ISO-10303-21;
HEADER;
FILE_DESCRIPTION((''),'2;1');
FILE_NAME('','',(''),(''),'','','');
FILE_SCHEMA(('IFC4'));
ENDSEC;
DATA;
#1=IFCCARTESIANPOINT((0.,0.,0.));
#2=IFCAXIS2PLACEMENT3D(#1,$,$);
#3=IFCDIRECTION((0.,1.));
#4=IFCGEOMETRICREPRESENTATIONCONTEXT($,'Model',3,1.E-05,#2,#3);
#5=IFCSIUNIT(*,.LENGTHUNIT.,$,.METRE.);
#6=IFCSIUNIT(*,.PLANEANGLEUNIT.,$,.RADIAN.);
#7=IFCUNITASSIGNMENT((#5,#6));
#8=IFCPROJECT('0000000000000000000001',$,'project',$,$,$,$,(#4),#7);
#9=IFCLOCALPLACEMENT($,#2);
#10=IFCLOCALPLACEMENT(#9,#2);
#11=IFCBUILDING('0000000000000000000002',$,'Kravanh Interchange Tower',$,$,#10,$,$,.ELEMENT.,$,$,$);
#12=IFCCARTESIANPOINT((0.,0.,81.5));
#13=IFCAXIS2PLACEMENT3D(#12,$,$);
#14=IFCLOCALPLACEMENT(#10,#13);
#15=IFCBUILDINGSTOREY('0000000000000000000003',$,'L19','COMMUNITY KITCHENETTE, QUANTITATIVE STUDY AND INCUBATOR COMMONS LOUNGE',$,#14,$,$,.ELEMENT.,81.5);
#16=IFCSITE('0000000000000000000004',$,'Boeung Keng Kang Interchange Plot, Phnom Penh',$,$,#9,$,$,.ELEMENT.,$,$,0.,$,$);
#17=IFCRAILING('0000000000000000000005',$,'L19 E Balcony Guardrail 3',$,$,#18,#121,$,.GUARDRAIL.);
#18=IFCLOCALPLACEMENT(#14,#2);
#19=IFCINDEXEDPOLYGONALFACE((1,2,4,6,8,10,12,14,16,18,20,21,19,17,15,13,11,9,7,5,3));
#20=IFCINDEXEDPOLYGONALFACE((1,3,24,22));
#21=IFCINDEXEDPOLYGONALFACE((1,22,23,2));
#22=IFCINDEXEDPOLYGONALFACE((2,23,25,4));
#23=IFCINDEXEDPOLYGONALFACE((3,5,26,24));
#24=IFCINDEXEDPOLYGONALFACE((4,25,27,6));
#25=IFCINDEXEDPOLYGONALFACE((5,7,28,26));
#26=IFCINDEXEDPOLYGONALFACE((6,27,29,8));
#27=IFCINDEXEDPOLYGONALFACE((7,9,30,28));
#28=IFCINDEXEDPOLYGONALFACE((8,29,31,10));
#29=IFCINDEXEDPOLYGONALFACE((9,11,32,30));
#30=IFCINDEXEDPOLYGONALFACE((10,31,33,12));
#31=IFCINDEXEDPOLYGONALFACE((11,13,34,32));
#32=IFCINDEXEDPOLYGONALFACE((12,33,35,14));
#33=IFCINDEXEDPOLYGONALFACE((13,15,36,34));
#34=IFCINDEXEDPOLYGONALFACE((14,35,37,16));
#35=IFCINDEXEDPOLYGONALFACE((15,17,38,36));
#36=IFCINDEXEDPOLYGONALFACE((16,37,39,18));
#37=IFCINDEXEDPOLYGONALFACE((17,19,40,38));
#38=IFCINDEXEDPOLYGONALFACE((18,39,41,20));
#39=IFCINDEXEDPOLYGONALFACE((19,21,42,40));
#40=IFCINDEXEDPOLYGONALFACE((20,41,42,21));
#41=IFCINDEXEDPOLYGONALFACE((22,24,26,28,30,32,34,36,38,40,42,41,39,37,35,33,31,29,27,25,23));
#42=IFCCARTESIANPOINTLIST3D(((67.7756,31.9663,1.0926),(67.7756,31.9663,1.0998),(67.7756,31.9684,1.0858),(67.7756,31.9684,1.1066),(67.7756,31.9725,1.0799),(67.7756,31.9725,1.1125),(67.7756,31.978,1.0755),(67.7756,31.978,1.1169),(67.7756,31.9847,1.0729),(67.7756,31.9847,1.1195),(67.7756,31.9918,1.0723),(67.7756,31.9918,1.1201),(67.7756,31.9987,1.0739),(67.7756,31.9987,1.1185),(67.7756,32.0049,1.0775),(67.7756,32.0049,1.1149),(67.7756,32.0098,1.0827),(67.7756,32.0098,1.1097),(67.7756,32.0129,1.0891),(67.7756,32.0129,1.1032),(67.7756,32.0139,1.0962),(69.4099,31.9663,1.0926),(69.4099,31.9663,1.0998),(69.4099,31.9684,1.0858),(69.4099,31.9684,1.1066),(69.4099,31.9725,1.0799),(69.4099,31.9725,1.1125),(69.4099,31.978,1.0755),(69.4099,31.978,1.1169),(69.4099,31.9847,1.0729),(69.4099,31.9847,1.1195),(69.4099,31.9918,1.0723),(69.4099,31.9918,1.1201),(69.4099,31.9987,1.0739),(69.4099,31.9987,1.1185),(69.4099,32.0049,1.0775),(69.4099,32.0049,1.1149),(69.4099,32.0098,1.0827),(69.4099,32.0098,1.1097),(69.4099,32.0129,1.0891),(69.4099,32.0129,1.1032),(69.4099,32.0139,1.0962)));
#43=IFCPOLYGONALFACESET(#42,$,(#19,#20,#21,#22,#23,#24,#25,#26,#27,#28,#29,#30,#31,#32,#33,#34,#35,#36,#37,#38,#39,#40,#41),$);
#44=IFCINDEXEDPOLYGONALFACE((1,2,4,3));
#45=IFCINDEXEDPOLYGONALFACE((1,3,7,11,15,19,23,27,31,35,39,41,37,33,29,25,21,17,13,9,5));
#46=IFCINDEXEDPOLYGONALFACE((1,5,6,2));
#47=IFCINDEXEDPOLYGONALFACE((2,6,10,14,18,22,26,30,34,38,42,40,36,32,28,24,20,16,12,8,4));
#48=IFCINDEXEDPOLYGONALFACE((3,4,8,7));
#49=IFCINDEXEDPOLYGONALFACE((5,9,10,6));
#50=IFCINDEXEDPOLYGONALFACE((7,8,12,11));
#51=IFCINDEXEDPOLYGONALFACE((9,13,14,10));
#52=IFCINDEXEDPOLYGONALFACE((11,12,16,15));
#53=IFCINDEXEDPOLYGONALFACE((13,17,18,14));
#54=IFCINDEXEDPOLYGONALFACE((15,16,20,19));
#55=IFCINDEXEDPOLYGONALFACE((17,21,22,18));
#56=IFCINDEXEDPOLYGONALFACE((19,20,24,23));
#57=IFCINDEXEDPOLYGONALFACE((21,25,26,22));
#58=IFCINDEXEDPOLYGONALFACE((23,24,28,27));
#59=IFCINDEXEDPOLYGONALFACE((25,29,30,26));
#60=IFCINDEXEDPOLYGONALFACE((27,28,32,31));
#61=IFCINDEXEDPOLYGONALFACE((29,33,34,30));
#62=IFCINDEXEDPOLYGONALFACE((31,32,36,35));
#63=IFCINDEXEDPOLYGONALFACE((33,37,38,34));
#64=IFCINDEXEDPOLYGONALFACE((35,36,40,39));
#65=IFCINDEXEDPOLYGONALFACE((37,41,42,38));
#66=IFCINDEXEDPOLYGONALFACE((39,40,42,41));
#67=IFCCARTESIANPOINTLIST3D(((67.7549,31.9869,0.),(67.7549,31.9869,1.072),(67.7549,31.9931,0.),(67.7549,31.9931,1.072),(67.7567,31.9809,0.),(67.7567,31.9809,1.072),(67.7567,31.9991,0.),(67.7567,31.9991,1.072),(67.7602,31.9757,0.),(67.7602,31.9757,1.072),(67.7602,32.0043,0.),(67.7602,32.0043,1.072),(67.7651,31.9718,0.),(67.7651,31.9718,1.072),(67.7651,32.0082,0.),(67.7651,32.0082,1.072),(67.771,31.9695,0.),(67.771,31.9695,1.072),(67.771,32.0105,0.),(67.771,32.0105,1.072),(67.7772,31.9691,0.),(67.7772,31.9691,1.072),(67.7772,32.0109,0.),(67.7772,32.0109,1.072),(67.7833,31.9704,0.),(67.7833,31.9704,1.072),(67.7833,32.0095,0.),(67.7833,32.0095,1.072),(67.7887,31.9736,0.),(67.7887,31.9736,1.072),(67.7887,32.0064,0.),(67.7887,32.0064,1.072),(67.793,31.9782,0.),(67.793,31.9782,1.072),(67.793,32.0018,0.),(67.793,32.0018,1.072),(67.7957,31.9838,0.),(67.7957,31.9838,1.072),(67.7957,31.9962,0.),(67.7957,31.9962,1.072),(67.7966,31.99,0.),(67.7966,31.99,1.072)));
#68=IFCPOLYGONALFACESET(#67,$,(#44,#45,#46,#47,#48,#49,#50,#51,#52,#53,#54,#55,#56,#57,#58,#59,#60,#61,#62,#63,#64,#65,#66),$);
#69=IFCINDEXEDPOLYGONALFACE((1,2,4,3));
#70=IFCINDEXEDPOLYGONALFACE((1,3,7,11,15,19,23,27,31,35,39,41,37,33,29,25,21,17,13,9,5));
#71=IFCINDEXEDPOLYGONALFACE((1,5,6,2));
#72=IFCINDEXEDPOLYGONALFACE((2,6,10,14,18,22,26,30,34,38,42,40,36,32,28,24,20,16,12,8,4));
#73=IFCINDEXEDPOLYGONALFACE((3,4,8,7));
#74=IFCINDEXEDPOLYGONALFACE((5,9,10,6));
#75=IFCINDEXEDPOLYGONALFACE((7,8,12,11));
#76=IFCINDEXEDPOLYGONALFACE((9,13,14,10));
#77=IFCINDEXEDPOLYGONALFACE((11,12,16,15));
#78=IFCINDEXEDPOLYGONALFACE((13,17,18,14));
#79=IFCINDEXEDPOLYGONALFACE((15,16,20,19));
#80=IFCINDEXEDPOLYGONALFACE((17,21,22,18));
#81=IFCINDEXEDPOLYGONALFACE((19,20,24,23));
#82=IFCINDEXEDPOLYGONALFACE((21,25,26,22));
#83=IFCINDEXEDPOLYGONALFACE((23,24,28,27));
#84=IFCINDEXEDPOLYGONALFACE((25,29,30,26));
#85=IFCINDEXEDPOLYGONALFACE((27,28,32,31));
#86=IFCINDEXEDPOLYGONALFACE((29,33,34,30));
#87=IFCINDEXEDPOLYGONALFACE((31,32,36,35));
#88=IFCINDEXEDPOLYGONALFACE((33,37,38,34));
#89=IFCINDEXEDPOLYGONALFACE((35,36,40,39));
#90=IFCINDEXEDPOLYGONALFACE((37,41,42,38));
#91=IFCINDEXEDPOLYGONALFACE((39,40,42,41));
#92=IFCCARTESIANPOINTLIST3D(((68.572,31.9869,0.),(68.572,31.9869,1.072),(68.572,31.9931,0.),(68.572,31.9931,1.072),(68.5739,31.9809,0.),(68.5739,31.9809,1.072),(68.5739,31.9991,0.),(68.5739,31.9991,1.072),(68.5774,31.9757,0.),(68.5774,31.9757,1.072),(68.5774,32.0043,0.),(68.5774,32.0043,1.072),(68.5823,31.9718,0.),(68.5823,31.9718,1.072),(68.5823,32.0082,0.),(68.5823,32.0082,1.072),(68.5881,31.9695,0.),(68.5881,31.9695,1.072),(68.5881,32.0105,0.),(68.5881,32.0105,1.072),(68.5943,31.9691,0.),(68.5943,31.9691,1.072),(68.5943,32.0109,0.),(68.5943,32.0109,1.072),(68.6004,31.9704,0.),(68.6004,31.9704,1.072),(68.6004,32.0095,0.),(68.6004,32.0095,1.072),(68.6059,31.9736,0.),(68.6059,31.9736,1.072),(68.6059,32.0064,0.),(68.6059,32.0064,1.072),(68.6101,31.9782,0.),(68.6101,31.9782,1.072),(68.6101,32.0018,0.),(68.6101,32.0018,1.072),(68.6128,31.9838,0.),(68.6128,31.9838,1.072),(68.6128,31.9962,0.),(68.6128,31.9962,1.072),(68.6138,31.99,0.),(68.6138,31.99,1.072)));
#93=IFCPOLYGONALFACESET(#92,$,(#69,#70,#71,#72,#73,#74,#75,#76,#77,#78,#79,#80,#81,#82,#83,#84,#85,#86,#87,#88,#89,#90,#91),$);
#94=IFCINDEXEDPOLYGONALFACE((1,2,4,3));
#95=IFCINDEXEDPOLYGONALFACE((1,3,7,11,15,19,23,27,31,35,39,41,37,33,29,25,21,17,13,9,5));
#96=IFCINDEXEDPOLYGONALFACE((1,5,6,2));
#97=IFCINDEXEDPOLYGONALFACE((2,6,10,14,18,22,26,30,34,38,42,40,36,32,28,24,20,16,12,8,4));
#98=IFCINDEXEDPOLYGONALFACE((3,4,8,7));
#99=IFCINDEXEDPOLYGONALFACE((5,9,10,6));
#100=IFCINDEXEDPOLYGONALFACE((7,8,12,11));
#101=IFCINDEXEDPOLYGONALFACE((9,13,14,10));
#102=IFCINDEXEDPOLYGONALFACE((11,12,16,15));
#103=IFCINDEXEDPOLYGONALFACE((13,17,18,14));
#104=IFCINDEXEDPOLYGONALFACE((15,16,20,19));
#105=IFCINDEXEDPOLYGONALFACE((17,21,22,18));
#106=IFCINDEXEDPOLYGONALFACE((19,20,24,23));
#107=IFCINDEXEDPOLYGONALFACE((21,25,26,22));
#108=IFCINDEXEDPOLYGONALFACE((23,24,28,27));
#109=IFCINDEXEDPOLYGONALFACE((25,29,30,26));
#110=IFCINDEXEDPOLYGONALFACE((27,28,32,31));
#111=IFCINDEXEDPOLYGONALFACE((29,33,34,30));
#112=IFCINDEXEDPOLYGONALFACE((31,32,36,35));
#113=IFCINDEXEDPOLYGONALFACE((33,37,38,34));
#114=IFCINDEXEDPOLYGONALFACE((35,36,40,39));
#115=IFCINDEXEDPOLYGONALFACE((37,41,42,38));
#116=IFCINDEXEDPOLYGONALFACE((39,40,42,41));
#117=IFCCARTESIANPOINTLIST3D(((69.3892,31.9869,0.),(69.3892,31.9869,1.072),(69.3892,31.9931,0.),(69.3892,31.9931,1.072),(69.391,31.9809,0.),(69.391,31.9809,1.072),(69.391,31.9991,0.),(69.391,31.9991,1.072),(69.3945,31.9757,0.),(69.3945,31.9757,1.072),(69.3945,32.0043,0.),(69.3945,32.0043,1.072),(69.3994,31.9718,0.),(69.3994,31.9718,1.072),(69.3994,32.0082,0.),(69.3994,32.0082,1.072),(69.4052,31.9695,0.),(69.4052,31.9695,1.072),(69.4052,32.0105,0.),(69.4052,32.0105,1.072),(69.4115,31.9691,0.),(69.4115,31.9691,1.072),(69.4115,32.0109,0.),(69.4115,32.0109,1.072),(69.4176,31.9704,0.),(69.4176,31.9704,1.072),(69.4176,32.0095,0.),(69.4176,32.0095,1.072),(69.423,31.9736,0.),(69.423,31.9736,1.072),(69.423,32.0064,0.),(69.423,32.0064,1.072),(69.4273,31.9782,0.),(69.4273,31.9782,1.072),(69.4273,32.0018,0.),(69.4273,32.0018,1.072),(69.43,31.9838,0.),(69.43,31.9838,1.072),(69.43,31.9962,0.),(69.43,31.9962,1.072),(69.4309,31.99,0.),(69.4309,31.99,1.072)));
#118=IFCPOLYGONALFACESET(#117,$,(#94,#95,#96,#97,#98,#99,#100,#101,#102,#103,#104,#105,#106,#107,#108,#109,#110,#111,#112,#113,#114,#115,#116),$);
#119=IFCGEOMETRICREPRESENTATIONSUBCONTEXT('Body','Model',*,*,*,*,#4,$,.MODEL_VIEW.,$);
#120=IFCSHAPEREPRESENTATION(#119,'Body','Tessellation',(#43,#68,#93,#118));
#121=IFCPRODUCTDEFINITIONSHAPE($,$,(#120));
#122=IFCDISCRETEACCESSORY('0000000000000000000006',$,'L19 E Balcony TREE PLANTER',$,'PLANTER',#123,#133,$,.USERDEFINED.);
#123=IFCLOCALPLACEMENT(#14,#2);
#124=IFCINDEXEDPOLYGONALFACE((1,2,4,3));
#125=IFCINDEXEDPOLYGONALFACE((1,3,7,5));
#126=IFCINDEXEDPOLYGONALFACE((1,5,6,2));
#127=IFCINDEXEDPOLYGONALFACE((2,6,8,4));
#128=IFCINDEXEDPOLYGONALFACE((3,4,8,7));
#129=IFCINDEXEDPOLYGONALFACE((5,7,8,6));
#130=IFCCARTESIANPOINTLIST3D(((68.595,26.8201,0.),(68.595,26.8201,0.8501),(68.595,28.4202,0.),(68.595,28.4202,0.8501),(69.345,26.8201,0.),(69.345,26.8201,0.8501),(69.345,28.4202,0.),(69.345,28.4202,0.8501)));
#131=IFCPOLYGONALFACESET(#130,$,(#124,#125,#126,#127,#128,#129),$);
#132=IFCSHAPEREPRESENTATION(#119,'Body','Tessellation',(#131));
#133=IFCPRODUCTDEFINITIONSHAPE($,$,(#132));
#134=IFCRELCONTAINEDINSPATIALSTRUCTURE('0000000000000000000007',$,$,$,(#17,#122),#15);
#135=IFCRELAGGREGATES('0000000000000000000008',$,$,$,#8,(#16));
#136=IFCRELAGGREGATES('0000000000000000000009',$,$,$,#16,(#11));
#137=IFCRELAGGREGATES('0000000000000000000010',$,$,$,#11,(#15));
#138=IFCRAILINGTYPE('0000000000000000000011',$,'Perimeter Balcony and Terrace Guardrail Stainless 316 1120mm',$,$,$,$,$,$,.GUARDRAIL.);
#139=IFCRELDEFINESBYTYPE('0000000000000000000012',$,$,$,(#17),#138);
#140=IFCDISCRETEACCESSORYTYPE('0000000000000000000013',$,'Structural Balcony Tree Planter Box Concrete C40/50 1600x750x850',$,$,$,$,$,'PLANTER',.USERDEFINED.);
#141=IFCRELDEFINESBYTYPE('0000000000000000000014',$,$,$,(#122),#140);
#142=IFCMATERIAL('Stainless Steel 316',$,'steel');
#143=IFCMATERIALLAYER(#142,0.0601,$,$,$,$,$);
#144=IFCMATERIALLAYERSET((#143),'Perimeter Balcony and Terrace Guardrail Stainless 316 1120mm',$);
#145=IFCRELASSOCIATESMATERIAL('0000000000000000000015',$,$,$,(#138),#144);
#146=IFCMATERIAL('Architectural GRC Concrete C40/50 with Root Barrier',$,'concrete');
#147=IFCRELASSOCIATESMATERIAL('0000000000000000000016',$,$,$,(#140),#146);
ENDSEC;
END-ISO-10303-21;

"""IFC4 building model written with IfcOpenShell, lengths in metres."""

from ifc_helpers import new_model, si_unit, direction, frame, origin, origin_2d, place, context, subcontext, project, spatial, rectangle, circle, extrude, material, layer, layer_set, type_object, element, save


model = new_model("IFC4")

# Units and contexts
model_context = context("Model", 3, precision=1e-05, world=origin(), true_north=direction((0.0, 1.0)))
body_context = subcontext(model_context, "Body", "Model", "MODEL_VIEW")
ifc_project = project(units=[si_unit("LENGTHUNIT", "METRE"), si_unit("PLANEANGLEUNIT", "RADIAN")], contexts=[model_context])

# Site, building, storey
site_placement = place(None, origin())
site = spatial("IfcSite", under=ifc_project, at=site_placement, Name="Boeung Keng Kang Interchange Plot, Phnom Penh", CompositionType="ELEMENT", RefElevation=0.0)
building_placement = place(site_placement, origin())
building = spatial("IfcBuilding", under=site, at=building_placement, Name="Kravanh Interchange Tower", CompositionType="ELEMENT")
storey_placement = place(building_placement, frame((0.0, 0.0, 81.5)))
storey = spatial("IfcBuildingStorey", under=building, at=storey_placement, Name="L19", Description="COMMUNITY KITCHENETTE, QUANTITATIVE STUDY AND INCUBATOR COMMONS LOUNGE", CompositionType="ELEMENT", Elevation=81.5)

# Railing
ifc_material_1 = material(Name="Stainless Steel 316", Category="steel")
ifc_layer_1 = layer(ifc_material_1, 0.0601)
ifc_layer_set_1 = layer_set([ifc_layer_1], Name="Perimeter Balcony and Terrace Guardrail Stainless 316 1120mm")
railing_type = type_object("IfcRailingType", Name="Perimeter Balcony and Terrace Guardrail Stainless 316 1120mm", PredefinedType="GUARDRAIL", material=ifc_layer_set_1)
railing_1_placement = place(storey_placement, frame((67.7756, 31.99, 0.0)))
element("IfcRailing", 1, at=railing_1_placement, inside=storey, type_object=railing_type, Name="L19 E Balcony Guardrail 3", PredefinedType="GUARDRAIL", context=body_context, shape_type="SweptSolid", body=[
    extrude(circle(Radius=0.0239, at=origin_2d()), frame((0.0, 0.0, 1.0962), z_axis=(1.0, 0.0, 0.0), x_axis=(0.0, 1.0, 0.0)), (0.0, 0.0, 1.0), 1.6343),
    extrude(circle(Radius=0.021, at=origin_2d()), origin(), (0.0, 0.0, 1.0), 1.072),
    extrude(circle(Radius=0.021, at=origin_2d()), frame((0.8171, 0.0, 0.0)), (0.0, 0.0, 1.0), 1.072),
    extrude(circle(Radius=0.021, at=origin_2d()), frame((1.6343, 0.0, 0.0)), (0.0, 0.0, 1.0), 1.072),
])

# Discrete accessory
ifc_material_2 = material(Name="Architectural GRC Concrete C40/50 with Root Barrier", Category="concrete")
discrete_accessory_type = type_object("IfcDiscreteAccessoryType", Name="Structural Balcony Tree Planter Box Concrete C40/50 1600x750x850", ElementType="PLANTER", PredefinedType="USERDEFINED", material=ifc_material_2)
discrete_accessory_placement = place(storey_placement, frame((68.97, 27.6201, 0.0), z_axis=(0.0, 0.0, 1.0), x_axis=(1.0, 0.0, 0.0)))
element("IfcDiscreteAccessory", 2, at=discrete_accessory_placement, inside=storey, type_object=discrete_accessory_type, Name="L19 E Balcony TREE PLANTER", ObjectType="PLANTER", PredefinedType="USERDEFINED", context=body_context, shape_type="SweptSolid", body=[
    extrude(rectangle(XDim=0.75, YDim=1.6001, at=origin_2d()), origin(), (0.0, 0.0, 1.0), 0.8501),
])

save(model, "model.ifc")
